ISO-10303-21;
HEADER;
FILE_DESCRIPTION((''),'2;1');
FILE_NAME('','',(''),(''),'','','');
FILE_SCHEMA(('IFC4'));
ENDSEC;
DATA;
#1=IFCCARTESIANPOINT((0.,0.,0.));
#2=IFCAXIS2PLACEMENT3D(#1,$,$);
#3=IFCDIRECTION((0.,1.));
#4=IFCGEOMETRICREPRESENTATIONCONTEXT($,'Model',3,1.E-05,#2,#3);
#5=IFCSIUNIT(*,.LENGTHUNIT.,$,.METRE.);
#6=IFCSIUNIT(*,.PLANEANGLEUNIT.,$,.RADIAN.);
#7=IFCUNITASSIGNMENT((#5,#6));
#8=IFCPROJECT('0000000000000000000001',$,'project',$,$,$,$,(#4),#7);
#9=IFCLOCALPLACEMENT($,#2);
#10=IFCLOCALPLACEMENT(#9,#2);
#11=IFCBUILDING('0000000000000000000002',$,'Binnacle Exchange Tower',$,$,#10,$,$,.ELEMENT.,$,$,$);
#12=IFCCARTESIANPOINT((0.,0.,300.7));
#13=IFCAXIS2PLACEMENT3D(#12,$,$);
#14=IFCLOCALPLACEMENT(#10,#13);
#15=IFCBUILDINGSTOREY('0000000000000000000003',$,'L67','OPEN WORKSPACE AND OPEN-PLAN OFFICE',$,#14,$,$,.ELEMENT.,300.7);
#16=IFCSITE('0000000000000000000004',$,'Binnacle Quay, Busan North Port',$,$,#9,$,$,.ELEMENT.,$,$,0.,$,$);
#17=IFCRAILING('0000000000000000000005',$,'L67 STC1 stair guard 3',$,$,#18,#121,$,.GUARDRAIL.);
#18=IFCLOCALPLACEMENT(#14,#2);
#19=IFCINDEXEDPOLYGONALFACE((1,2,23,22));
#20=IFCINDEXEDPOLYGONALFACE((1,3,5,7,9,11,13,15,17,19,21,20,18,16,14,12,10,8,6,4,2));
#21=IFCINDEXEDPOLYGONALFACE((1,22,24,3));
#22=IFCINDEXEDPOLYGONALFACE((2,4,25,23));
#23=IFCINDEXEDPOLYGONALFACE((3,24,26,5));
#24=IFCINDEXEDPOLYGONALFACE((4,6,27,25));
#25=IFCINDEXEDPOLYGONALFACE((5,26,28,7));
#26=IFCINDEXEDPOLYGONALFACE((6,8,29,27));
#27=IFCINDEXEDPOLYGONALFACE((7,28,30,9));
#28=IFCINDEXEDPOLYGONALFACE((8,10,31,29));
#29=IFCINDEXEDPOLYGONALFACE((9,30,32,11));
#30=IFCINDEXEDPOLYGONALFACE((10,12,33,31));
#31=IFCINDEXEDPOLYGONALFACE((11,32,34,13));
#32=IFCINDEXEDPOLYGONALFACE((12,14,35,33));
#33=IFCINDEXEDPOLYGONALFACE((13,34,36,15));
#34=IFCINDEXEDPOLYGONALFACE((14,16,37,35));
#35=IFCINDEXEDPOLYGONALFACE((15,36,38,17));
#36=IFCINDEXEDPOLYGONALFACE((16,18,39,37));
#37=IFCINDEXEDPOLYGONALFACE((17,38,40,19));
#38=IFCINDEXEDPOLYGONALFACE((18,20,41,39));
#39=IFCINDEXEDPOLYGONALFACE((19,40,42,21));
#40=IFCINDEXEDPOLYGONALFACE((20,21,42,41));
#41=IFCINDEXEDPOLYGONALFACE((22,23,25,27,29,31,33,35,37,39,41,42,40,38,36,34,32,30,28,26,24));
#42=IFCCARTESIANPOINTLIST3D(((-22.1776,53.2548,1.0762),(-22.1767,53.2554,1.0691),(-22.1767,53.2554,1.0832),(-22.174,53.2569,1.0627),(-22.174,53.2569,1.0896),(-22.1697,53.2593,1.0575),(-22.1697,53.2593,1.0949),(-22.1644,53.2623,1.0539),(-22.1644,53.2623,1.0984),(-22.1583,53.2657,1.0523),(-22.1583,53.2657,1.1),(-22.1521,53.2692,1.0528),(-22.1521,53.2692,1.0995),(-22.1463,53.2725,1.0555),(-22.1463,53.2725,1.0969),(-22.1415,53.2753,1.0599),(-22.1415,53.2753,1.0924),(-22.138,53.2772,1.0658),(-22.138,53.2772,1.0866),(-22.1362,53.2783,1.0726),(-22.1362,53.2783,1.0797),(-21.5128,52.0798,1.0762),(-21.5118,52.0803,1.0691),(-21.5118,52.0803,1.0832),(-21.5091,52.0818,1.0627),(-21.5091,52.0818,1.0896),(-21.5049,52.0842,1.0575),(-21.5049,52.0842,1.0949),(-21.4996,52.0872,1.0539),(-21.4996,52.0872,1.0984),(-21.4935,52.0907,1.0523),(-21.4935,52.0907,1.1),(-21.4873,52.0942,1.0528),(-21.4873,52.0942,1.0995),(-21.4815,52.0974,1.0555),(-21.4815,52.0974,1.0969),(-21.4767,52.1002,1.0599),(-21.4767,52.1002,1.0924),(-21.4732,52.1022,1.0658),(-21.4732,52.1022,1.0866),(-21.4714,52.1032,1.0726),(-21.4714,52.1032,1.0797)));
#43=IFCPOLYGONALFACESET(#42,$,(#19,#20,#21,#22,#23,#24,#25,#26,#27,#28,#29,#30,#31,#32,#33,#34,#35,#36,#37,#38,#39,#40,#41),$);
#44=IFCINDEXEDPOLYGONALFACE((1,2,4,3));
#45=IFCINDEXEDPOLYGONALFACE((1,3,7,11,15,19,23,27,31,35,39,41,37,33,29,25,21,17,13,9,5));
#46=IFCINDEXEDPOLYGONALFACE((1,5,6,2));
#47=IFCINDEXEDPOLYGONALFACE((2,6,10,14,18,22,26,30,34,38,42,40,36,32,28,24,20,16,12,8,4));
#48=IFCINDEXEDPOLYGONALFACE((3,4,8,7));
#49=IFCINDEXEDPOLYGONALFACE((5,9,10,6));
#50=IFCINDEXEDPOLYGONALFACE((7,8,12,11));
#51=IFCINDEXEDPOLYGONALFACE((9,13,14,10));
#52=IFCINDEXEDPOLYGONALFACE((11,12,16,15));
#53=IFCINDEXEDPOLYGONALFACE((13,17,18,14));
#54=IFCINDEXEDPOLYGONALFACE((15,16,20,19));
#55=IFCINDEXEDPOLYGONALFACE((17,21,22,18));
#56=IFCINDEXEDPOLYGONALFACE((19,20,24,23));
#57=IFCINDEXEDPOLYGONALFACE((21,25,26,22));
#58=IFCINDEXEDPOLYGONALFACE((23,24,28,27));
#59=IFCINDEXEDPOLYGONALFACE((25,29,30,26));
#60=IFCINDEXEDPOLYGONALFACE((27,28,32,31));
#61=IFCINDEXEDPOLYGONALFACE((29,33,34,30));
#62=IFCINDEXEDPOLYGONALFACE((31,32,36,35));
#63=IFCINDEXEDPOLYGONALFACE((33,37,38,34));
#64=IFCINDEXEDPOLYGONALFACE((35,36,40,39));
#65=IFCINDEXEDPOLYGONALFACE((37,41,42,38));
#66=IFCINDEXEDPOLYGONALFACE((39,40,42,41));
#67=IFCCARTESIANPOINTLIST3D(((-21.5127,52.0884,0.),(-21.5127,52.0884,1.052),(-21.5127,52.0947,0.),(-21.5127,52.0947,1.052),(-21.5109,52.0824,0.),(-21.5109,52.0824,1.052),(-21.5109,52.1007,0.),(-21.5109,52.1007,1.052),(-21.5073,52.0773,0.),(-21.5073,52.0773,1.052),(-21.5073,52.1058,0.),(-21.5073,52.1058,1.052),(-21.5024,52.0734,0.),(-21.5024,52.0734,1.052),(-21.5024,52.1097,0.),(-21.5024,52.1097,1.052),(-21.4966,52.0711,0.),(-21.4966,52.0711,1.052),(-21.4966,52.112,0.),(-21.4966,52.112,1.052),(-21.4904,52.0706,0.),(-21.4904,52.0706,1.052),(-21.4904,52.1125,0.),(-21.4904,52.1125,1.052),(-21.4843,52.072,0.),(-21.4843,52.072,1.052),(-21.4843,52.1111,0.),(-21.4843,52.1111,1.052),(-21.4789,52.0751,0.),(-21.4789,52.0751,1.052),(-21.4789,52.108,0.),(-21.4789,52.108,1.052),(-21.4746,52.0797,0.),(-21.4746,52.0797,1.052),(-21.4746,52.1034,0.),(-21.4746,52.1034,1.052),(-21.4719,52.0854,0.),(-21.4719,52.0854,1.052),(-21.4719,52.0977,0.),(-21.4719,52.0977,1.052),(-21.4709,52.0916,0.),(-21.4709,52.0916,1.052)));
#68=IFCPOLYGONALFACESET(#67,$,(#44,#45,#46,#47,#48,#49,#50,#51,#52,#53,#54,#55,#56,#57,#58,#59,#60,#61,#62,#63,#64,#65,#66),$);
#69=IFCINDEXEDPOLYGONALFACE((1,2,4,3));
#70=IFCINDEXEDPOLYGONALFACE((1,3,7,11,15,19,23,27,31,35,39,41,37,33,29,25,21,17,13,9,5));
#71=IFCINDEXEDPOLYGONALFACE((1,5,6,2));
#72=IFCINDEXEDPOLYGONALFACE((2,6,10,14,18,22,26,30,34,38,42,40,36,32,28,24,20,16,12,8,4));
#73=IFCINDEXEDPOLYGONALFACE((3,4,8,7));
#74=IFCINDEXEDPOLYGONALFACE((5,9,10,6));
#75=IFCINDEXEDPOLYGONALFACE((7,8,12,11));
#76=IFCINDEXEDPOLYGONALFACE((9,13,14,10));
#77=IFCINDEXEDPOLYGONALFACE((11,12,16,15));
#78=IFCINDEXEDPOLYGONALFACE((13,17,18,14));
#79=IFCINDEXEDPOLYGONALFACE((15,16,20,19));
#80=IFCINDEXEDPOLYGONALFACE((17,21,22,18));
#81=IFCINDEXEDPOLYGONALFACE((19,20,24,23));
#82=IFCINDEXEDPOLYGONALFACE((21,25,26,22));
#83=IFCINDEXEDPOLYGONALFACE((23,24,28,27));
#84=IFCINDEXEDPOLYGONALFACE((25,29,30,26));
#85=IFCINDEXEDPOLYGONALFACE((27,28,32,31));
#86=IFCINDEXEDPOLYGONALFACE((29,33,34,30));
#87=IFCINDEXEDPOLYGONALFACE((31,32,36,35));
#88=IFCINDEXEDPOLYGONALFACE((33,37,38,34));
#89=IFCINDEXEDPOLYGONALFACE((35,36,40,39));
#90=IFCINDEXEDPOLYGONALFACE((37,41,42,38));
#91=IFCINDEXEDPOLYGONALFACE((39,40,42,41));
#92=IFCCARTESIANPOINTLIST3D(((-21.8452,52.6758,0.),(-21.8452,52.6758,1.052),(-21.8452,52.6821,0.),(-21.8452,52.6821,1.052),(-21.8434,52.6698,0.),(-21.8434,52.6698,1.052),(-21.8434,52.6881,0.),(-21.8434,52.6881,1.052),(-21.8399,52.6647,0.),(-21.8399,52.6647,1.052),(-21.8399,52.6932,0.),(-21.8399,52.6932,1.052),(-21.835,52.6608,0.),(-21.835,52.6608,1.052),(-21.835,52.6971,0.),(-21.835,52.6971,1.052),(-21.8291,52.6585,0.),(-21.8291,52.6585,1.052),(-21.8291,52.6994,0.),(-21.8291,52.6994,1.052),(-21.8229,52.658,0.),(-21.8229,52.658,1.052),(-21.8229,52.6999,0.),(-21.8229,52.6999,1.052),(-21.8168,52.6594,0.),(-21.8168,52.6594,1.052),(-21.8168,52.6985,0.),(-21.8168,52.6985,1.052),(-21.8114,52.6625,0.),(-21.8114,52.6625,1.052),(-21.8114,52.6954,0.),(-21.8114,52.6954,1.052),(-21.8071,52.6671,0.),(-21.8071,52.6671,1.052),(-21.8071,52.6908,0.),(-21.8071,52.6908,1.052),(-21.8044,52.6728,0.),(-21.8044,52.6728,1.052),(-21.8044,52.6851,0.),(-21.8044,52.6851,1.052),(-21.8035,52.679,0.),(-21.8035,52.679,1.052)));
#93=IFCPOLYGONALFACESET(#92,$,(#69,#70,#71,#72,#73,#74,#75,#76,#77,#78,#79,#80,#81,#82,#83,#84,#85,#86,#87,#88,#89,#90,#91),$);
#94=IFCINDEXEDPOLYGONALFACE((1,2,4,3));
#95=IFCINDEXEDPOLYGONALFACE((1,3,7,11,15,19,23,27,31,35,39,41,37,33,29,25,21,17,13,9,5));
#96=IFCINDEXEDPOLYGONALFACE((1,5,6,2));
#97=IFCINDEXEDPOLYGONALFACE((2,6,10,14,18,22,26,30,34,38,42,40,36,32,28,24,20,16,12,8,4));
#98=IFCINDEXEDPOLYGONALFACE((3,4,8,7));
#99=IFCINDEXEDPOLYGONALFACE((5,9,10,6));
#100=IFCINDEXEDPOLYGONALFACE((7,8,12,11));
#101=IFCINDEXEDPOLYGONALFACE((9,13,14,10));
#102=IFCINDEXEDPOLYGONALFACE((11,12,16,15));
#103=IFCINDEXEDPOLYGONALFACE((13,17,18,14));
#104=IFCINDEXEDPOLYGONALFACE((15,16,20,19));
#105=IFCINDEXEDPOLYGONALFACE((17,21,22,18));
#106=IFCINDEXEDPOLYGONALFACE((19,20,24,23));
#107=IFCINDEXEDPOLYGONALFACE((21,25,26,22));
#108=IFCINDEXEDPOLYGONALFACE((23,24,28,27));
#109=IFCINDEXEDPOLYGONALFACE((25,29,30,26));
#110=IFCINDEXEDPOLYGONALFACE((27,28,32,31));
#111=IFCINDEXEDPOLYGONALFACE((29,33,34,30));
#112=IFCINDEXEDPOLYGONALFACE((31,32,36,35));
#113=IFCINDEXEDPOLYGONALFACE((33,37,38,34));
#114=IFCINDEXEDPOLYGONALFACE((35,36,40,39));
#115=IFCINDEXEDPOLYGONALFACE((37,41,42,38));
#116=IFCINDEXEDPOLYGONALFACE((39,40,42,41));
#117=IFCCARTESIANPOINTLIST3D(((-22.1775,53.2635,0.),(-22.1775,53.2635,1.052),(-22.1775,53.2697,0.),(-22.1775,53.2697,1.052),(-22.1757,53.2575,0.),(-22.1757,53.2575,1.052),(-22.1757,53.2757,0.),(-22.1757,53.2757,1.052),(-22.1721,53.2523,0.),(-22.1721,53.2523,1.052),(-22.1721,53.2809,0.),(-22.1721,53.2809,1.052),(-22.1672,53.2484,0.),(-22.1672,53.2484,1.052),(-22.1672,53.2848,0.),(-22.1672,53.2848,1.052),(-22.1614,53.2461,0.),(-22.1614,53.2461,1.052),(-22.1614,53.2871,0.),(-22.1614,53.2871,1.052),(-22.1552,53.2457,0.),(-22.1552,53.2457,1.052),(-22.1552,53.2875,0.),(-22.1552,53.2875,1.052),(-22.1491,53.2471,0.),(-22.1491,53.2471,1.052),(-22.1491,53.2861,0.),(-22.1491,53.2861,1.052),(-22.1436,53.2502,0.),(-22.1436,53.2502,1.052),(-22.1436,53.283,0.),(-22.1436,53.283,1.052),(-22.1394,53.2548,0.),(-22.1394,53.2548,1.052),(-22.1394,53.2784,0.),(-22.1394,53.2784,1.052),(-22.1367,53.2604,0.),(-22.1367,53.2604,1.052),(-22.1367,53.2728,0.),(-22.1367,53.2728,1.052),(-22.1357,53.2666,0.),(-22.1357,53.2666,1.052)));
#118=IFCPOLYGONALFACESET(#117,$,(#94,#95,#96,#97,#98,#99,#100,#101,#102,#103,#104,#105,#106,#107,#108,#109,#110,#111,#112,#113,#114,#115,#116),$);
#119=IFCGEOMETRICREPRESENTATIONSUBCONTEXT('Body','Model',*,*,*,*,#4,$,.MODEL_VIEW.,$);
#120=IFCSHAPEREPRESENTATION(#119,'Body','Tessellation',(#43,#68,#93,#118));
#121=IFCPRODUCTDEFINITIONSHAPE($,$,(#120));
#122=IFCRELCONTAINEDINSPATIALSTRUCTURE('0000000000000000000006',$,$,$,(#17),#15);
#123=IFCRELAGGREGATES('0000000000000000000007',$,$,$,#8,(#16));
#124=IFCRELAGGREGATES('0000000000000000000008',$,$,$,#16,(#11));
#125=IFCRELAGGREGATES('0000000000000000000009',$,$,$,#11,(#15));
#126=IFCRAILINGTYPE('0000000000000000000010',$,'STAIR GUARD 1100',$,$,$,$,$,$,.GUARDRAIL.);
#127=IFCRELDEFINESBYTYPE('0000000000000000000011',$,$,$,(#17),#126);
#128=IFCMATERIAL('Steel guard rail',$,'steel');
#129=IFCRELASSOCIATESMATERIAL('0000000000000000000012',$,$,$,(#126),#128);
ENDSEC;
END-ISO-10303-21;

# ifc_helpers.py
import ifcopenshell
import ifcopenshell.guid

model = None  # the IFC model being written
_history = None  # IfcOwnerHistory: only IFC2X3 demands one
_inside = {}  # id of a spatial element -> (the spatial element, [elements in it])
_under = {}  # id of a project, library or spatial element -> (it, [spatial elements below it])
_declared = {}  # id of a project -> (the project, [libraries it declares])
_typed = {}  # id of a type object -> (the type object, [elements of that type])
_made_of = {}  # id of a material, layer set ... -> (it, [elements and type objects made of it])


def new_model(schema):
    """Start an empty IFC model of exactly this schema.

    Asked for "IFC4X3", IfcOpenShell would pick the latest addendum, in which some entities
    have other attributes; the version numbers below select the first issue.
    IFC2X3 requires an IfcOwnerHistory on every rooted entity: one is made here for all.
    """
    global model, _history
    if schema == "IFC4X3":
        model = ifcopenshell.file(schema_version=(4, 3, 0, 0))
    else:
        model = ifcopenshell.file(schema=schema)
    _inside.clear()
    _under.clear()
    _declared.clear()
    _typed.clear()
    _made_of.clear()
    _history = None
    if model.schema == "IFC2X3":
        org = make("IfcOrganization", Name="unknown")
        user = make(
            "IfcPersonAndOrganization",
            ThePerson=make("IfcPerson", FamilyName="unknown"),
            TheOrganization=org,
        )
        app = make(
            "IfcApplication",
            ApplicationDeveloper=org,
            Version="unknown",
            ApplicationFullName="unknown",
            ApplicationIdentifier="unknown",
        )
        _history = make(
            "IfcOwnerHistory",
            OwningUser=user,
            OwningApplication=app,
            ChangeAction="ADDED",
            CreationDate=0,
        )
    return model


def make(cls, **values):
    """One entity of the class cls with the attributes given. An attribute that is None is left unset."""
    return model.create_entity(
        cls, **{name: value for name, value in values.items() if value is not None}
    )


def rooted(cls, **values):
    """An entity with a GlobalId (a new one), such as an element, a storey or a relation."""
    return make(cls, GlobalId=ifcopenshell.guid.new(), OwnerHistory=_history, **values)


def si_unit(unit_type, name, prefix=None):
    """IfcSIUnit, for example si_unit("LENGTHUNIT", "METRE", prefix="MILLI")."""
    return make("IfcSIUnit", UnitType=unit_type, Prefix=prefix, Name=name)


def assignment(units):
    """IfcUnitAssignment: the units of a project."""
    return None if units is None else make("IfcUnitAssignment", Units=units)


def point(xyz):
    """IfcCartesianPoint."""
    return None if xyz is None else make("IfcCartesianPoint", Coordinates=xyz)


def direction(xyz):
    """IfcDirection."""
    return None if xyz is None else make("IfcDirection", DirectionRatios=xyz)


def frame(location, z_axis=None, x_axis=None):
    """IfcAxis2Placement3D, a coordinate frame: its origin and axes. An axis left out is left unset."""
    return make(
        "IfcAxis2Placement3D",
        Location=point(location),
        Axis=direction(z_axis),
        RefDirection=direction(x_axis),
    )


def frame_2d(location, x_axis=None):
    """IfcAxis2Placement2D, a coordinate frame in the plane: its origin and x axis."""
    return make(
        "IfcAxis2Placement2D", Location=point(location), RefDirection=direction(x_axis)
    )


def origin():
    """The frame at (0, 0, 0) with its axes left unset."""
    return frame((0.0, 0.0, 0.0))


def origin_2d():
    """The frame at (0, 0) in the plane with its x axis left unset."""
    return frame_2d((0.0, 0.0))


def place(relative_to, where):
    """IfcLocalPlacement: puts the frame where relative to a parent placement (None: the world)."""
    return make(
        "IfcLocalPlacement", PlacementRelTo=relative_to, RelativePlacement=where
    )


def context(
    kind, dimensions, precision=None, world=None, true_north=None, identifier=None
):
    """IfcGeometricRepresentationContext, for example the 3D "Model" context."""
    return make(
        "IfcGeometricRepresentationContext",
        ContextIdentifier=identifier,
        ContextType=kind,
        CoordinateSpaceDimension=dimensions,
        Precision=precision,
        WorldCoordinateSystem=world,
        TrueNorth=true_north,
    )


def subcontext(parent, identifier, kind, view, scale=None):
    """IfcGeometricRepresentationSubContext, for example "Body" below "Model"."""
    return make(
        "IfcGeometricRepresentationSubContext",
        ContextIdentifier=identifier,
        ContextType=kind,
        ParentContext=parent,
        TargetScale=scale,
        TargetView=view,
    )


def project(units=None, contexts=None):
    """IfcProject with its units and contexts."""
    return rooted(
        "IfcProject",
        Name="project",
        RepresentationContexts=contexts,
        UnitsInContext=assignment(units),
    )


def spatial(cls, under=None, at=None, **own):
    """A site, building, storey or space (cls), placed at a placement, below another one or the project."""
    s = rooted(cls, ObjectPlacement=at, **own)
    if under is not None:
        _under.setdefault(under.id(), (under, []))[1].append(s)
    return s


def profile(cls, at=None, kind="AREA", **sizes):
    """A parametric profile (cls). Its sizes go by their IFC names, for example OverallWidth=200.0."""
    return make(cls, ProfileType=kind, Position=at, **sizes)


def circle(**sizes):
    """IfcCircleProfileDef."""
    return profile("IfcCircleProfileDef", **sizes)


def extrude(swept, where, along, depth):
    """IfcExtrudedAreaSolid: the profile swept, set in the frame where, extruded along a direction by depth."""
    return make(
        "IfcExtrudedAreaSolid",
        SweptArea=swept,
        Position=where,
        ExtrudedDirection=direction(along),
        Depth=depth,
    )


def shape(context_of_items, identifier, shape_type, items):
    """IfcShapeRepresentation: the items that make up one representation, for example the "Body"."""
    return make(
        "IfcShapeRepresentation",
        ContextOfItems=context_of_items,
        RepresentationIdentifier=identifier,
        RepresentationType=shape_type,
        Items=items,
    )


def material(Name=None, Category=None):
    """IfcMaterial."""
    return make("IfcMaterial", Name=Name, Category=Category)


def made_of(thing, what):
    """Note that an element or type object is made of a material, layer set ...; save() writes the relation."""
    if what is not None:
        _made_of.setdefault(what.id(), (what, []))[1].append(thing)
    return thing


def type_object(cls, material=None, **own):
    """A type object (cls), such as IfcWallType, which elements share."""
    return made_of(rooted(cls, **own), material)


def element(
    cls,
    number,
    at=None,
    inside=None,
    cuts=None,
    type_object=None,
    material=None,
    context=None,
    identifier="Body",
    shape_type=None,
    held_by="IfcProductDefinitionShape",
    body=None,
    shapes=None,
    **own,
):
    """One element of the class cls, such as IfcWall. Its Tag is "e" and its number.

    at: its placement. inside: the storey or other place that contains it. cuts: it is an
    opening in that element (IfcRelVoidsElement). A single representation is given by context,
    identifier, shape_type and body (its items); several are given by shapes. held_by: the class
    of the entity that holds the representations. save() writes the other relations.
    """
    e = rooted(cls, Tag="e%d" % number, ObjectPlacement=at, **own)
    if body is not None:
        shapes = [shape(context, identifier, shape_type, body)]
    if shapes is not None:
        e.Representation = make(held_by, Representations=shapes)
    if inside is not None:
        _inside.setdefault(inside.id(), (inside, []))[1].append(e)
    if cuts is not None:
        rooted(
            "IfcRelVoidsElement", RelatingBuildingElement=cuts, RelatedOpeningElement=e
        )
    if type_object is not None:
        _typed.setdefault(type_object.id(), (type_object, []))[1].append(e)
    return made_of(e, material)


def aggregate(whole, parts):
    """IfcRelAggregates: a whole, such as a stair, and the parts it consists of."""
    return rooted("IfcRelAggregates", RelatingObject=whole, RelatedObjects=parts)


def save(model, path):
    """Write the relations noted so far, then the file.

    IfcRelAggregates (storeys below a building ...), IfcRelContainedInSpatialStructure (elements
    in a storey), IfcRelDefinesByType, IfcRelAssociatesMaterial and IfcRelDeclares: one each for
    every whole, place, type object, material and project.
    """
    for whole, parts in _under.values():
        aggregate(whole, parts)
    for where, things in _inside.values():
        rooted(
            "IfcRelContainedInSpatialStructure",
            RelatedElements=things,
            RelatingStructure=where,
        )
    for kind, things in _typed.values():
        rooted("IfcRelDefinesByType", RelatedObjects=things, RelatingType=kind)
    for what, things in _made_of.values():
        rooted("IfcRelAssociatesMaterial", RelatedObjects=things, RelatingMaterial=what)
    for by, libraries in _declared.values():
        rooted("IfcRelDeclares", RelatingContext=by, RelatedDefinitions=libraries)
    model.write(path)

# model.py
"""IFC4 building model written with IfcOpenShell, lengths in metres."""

from ifc_helpers import new_model, si_unit, direction, frame, origin, origin_2d, place, context, subcontext, project, spatial, circle, extrude, material, type_object, element, save


model = new_model("IFC4")

# Units and contexts
model_context = context("Model", 3, precision=1e-05, world=origin(), true_north=direction((0.0, 1.0)))
body_context = subcontext(model_context, "Body", "Model", "MODEL_VIEW")
ifc_project = project(units=[si_unit("LENGTHUNIT", "METRE"), si_unit("PLANEANGLEUNIT", "RADIAN")], contexts=[model_context])

# Site, building, storey
site_placement = place(None, origin())
site = spatial("IfcSite", under=ifc_project, at=site_placement, Name="Binnacle Quay, Busan North Port", CompositionType="ELEMENT", RefElevation=0.0)
building_placement = place(site_placement, origin())
building = spatial("IfcBuilding", under=site, at=building_placement, Name="Binnacle Exchange Tower", CompositionType="ELEMENT")
storey_placement = place(building_placement, frame((0.0, 0.0, 300.7)))
storey = spatial("IfcBuildingStorey", under=building, at=storey_placement, Name="L67", Description="OPEN WORKSPACE AND OPEN-PLAN OFFICE", CompositionType="ELEMENT", Elevation=300.7)

# Railing
ifc_material_1 = material(Name="Steel guard rail", Category="steel")
railing_type_1 = type_object("IfcRailingType", Name="STAIR GUARD 1100", PredefinedType="GUARDRAIL", material=ifc_material_1)
railing_1_placement = place(storey_placement, frame((-21.4919, 52.0916, 0.0)))
element("IfcRailing", 1, at=railing_1_placement, inside=storey, type_object=railing_type_1, Name="L67 STC1 stair guard 3", PredefinedType="GUARDRAIL", context=body_context, shape_type="SweptSolid", body=[
    extrude(circle(Radius=0.0239, at=origin_2d()), frame((0.0, 0.0, 1.0762), z_axis=(-0.492415, 0.870361, 0.0), x_axis=(-0.870361, -0.492415, 0.0)), (0.0, 0.0, 1.0), 1.3501),
    extrude(circle(Radius=0.021, at=origin_2d()), origin(), (0.0, 0.0, 1.0), 1.052),
    extrude(circle(Radius=0.021, at=origin_2d()), frame((-0.3325, 0.5874, 0.0)), (0.0, 0.0, 1.0), 1.052),
    extrude(circle(Radius=0.021, at=origin_2d()), frame((-0.6648, 1.175, 0.0)), (0.0, 0.0, 1.0), 1.052),
])

save(model, "model.ifc")
